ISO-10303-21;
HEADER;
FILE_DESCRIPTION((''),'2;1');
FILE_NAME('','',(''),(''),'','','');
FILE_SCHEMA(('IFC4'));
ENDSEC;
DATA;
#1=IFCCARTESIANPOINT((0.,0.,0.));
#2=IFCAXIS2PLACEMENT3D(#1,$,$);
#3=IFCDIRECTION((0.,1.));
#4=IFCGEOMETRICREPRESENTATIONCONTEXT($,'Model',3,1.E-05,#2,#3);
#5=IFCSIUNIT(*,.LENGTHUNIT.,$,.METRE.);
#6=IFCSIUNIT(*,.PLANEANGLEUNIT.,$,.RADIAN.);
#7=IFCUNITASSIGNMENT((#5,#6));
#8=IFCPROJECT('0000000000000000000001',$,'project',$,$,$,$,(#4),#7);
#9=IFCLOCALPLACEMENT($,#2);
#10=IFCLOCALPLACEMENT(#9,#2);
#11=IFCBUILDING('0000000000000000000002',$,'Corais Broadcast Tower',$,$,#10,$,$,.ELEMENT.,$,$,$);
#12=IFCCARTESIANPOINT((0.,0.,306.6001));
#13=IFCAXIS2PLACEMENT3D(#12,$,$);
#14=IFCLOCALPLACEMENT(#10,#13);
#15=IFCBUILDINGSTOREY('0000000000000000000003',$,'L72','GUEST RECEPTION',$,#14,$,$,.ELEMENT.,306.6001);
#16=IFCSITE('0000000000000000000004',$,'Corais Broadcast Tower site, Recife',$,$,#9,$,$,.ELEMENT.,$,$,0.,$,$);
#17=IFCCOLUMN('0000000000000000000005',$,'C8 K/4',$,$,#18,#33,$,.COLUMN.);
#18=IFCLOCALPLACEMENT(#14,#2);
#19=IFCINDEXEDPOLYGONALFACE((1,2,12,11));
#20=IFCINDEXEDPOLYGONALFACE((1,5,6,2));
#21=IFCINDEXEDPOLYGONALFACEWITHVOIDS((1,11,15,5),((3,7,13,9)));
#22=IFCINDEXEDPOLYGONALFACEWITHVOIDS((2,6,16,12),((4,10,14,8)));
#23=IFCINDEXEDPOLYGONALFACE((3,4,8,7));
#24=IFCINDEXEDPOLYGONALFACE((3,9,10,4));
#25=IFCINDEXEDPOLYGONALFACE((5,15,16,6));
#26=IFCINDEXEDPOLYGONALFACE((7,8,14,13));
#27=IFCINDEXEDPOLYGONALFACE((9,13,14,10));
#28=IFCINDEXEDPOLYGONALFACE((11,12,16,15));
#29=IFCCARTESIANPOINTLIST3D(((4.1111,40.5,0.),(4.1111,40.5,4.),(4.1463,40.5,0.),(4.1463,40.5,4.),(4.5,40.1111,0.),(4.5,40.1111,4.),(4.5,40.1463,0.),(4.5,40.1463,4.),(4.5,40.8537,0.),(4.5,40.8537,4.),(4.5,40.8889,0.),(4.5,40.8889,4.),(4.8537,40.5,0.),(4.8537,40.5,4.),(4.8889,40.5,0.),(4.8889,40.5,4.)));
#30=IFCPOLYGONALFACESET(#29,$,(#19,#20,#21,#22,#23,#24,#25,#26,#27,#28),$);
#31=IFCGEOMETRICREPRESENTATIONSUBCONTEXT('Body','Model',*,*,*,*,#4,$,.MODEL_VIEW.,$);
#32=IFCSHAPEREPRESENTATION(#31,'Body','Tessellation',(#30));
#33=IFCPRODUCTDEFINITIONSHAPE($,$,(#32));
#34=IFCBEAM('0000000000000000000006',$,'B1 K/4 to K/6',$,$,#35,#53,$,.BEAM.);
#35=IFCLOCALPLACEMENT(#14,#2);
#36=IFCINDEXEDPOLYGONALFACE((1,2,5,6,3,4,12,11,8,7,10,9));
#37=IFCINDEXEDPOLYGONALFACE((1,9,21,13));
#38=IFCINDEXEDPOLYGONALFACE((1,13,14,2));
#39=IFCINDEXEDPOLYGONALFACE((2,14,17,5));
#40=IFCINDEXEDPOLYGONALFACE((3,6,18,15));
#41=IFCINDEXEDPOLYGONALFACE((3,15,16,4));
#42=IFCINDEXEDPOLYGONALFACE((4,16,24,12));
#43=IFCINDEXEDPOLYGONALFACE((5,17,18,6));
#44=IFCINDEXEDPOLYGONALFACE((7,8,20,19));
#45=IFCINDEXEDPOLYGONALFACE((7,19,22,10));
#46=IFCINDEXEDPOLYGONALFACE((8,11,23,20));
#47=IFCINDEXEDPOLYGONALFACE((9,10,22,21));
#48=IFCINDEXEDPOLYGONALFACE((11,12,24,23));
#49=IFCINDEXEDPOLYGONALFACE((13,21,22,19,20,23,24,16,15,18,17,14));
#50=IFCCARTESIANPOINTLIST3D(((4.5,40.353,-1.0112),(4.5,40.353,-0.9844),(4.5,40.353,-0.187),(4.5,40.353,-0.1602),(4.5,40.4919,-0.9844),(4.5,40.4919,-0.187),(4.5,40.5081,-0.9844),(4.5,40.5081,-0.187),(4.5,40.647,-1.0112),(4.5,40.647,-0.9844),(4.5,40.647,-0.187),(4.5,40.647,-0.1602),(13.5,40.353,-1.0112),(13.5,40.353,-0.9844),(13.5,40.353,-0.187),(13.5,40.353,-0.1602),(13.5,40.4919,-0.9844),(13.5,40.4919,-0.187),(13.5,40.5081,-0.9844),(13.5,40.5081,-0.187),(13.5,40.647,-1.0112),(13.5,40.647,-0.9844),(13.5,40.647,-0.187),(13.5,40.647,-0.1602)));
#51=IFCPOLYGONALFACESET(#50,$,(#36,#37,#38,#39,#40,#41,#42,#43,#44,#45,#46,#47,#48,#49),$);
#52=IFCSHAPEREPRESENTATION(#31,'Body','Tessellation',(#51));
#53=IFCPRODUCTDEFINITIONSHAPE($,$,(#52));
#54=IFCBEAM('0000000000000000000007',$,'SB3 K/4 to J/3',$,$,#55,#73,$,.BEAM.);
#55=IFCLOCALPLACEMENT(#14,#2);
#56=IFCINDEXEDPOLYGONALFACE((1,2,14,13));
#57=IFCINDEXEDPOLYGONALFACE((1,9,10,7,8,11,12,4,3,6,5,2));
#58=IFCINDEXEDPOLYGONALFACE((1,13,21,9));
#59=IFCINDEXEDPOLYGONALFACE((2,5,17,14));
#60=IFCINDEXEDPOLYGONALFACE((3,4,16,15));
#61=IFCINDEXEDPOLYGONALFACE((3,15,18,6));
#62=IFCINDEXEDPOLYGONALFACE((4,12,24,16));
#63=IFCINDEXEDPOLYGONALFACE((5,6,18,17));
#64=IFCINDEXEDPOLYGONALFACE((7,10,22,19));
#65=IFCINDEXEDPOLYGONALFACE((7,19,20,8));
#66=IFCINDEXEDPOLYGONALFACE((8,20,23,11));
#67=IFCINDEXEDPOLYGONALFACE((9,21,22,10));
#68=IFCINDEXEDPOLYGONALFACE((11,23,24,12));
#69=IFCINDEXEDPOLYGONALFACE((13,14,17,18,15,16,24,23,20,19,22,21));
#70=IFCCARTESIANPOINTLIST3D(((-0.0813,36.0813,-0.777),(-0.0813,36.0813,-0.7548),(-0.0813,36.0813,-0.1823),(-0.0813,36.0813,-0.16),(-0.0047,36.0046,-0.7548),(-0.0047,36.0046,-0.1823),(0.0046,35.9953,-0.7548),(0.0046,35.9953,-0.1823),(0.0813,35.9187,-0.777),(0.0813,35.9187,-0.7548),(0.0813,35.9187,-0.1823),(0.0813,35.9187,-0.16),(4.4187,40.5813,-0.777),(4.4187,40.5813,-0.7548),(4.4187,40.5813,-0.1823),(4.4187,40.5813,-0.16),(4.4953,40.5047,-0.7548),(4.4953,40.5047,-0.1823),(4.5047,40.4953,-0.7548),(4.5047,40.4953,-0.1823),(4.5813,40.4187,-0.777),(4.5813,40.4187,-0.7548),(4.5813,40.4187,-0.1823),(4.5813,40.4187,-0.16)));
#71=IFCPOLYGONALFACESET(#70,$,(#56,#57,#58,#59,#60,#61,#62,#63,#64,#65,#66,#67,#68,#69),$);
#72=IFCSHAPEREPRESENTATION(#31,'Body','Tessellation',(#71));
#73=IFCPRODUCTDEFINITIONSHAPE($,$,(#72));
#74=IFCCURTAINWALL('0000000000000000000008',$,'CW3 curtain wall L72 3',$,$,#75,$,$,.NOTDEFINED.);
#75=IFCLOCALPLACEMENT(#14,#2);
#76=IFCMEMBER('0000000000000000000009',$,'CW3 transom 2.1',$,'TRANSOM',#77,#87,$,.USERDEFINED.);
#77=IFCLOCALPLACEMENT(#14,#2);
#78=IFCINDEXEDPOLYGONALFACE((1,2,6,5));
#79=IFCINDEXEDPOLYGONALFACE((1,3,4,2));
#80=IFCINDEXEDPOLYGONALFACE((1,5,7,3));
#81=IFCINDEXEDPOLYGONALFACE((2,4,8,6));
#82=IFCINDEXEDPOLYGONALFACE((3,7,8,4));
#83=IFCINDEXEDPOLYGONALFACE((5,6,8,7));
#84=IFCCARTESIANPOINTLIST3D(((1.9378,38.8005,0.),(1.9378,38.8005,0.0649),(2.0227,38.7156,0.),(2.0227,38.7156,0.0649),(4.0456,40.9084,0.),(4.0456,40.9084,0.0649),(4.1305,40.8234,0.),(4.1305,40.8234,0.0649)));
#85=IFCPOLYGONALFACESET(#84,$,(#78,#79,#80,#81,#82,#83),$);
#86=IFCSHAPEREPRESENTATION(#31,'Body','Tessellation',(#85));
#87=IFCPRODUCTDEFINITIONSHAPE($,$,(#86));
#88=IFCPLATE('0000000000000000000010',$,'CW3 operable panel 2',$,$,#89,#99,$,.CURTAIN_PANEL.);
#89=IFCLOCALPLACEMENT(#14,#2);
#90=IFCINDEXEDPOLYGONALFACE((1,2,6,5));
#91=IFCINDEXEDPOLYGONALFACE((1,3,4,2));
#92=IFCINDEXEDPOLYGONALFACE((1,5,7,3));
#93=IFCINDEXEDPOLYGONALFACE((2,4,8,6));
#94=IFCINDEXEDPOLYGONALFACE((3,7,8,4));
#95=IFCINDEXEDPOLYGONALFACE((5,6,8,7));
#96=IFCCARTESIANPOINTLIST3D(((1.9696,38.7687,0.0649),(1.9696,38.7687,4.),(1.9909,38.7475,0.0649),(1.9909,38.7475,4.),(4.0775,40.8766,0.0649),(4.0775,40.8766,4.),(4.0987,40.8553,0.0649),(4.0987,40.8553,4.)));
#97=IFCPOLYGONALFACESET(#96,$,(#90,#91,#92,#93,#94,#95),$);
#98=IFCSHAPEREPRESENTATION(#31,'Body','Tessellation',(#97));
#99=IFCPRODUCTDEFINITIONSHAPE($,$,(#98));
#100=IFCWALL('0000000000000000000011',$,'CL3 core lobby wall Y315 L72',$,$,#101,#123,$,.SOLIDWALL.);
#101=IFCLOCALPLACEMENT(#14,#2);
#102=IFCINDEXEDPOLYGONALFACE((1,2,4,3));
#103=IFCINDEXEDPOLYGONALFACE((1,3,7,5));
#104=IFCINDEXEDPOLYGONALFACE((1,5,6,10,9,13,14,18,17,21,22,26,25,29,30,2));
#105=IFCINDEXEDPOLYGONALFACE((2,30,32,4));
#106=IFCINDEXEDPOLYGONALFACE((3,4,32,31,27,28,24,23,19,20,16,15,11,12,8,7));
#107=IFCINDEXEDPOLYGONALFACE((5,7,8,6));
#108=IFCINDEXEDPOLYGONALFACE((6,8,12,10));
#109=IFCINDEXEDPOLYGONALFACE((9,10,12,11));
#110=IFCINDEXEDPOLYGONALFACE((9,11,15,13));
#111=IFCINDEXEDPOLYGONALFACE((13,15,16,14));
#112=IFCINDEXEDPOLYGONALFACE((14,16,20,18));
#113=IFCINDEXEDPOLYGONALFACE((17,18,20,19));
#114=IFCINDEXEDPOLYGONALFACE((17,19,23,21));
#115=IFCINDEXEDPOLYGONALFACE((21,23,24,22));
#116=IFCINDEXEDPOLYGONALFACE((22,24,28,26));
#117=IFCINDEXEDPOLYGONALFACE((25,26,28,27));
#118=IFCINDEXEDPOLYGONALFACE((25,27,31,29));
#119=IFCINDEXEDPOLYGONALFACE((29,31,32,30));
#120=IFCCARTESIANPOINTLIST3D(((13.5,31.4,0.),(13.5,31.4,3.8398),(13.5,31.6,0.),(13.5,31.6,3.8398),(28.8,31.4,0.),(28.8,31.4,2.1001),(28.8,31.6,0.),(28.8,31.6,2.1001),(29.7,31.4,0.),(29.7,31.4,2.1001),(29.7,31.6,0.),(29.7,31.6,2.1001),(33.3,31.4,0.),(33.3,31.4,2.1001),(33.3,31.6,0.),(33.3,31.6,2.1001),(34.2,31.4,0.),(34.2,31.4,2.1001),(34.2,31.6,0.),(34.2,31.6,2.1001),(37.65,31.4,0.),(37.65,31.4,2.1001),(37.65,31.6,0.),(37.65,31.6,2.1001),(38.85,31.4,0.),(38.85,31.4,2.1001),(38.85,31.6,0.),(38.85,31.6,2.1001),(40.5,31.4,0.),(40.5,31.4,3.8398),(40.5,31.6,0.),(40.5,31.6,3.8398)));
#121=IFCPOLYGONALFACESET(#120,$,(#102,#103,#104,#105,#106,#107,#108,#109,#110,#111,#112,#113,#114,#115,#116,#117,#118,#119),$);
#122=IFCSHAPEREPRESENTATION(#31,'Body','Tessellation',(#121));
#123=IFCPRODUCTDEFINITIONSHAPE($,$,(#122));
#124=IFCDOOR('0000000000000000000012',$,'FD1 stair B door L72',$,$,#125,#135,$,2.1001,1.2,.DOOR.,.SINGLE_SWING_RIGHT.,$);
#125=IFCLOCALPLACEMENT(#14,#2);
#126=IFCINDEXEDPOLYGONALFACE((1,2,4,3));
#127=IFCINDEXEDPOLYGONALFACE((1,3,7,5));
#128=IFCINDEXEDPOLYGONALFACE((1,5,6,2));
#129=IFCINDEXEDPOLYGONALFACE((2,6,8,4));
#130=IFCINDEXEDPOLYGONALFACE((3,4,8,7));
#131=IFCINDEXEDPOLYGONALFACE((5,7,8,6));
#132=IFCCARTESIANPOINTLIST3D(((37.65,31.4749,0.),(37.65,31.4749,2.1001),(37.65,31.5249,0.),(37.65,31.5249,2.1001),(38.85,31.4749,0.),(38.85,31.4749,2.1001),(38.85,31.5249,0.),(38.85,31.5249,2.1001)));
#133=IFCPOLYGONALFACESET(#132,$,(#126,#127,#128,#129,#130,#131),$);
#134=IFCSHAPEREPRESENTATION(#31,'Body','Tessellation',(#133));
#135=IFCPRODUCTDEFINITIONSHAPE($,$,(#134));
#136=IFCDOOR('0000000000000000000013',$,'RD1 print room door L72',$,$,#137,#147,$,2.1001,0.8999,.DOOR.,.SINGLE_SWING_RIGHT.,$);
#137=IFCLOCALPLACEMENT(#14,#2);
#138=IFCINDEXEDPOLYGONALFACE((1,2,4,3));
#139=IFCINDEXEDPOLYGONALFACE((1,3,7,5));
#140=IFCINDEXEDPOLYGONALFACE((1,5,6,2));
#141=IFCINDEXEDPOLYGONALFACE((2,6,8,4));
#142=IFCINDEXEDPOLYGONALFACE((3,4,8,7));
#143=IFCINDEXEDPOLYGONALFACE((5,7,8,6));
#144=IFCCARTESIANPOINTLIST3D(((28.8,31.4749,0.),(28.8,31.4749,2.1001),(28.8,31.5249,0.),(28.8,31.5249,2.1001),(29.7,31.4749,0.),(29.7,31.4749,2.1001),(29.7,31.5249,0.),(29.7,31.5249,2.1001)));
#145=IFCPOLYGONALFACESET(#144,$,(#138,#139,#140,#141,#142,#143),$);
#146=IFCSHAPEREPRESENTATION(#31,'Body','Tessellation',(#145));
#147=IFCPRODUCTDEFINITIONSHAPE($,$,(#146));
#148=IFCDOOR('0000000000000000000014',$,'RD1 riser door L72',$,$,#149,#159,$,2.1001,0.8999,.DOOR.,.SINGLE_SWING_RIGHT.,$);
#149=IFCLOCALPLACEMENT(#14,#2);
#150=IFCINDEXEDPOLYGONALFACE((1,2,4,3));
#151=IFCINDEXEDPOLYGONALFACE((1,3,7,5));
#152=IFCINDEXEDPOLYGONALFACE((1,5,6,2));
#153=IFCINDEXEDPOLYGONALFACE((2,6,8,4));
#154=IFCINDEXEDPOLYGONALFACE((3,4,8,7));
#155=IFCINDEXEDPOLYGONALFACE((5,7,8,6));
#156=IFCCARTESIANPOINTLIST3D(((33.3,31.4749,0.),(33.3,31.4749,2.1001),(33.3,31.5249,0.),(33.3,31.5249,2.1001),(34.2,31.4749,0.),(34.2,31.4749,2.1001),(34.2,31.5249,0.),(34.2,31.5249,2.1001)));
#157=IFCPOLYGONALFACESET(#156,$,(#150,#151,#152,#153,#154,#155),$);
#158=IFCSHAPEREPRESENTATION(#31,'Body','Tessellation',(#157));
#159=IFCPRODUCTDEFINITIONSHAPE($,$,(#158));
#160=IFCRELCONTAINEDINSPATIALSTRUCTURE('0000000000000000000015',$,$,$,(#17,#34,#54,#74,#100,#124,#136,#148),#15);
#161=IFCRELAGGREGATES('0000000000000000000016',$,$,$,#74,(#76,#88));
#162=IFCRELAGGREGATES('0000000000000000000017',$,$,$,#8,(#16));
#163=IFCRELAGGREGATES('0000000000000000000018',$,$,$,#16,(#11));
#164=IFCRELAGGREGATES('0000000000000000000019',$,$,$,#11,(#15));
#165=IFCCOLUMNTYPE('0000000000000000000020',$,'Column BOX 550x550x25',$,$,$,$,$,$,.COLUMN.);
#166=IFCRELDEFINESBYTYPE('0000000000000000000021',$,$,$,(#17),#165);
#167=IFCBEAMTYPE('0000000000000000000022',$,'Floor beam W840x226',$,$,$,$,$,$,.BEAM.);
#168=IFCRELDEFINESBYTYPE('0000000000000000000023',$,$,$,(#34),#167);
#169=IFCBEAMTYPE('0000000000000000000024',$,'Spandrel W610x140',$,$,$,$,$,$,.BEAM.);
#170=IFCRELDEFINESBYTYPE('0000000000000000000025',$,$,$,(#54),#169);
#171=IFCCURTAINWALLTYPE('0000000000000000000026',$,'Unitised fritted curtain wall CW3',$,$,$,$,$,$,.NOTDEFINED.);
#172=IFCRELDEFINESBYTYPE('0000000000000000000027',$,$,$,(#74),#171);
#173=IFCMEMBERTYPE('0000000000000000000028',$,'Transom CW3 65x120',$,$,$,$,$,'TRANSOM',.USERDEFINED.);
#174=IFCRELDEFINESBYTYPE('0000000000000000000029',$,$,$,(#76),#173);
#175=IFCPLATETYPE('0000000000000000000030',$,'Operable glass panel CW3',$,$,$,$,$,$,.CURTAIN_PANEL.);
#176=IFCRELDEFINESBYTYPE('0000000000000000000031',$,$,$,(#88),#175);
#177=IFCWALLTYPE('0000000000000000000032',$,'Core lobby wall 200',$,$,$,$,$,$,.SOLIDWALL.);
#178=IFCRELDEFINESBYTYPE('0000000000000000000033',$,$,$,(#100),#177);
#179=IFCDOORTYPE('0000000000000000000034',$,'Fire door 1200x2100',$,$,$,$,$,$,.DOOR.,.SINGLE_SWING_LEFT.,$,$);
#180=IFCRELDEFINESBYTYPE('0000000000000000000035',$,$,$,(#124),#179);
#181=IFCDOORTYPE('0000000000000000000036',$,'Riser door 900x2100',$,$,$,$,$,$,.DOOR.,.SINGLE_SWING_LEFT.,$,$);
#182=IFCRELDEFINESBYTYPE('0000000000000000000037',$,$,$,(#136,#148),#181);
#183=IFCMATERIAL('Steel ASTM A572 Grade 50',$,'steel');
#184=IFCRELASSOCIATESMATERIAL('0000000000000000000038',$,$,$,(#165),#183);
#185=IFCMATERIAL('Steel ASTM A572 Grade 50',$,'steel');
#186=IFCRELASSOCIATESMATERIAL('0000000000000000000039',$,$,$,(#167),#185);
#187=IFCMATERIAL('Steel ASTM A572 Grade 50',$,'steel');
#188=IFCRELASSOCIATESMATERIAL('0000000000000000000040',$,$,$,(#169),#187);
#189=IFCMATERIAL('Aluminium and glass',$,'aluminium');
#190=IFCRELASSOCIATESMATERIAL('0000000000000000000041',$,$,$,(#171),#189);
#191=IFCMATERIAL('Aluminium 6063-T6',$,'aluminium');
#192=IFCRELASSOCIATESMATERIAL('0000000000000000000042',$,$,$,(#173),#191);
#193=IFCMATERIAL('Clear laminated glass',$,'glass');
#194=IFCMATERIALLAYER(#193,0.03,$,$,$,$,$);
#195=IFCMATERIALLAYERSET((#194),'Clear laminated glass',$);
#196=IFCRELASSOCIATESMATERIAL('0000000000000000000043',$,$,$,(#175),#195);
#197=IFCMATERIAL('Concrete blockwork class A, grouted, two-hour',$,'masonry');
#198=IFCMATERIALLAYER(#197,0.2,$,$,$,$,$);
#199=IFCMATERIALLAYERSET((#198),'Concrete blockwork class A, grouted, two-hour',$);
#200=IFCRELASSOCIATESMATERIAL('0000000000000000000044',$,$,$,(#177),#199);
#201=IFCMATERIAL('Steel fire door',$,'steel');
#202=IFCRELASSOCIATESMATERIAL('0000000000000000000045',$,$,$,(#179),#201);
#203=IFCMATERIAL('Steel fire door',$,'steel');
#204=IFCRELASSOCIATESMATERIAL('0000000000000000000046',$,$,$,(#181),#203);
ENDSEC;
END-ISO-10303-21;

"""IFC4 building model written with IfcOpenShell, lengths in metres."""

from ifc_helpers import new_model, si_unit, direction, frame, frame_2d, origin, origin_2d, place, context, subcontext, project, spatial, rectangle, hollow_rectangle, i_section, extrude, material, layer, layer_set, material_profile, profile_set, type_object, element, fill, aggregate, save


model = new_model("IFC4")

# Units and contexts
model_context = context("Model", 3, precision=1e-05, world=origin(), true_north=direction((0.0, 1.0)))
body_context = subcontext(model_context, "Body", "Model", "MODEL_VIEW")
ifc_project = project(units=[si_unit("LENGTHUNIT", "METRE"), si_unit("PLANEANGLEUNIT", "RADIAN")], contexts=[model_context])

# Site, building, storey
site_placement = place(None, origin())
site = spatial("IfcSite", under=ifc_project, at=site_placement, Name="Corais Broadcast Tower site, Recife", CompositionType="ELEMENT", RefElevation=0.0)
building_placement = place(site_placement, origin())
building = spatial("IfcBuilding", under=site, at=building_placement, Name="Corais Broadcast Tower", CompositionType="ELEMENT")
storey_placement = place(building_placement, frame((0.0, 0.0, 306.6001)))
storey = spatial("IfcBuildingStorey", under=building, at=storey_placement, Name="L72", Description="GUEST RECEPTION", CompositionType="ELEMENT", Elevation=306.6001)

# Column
ifc_material_1 = material(Name="Steel ASTM A572 Grade 50", Category="steel")
ifc_material_profile_1 = material_profile(ifc_material_1, hollow_rectangle(XDim=0.55, YDim=0.55, WallThickness=0.0249, at=origin_2d()), Name="BOX 550x550x25")
ifc_profile_set_1 = profile_set([ifc_material_profile_1], Name="Steel ASTM A572 Grade 50")
column_type = type_object("IfcColumnType", Name="Column BOX 550x550x25", PredefinedType="COLUMN", material=ifc_profile_set_1)
column_placement = place(storey_placement, frame((4.5, 40.5, 0.0), z_axis=(0.0, 0.0, 1.0), x_axis=(0.707107, 0.707107, 0.0)))
element("IfcColumn", 1, at=column_placement, inside=storey, type_object=column_type, Name="C8 K/4", PredefinedType="COLUMN", context=body_context, shape_type="SweptSolid", body=[
    extrude(hollow_rectangle(XDim=0.55, YDim=0.55, WallThickness=0.0249, at=origin_2d()), origin(), (0.0, 0.0, 1.0), 4.0),
])

# Beams
ifc_material_2 = material(Name="Steel ASTM A572 Grade 50", Category="steel")
ifc_material_profile_2 = material_profile(ifc_material_2, i_section(OverallWidth=0.2939, OverallDepth=0.8511, WebThickness=0.0161, FlangeThickness=0.0269, at=origin_2d()), Name="W840x226")
ifc_profile_set_2 = profile_set([ifc_material_profile_2], Name="Steel ASTM A572 Grade 50")
beam_type_1 = type_object("IfcBeamType", Name="Floor beam W840x226", PredefinedType="BEAM", material=ifc_profile_set_2)
beam_1_placement = place(storey_placement, frame((4.5, 40.5, -0.5857), z_axis=(1.0, 0.0, 0.0), x_axis=(0.0, 1.0, 0.0)))
element("IfcBeam", 2, at=beam_1_placement, inside=storey, type_object=beam_type_1, Name="B1 K/4 to K/6", PredefinedType="BEAM", context=body_context, shape_type="SweptSolid", body=[
    extrude(i_section(OverallWidth=0.2939, OverallDepth=0.8511, WebThickness=0.0161, FlangeThickness=0.0269, at=origin_2d()), origin(), (0.0, 0.0, 1.0), 9.0),
])
ifc_material_3 = material(Name="Steel ASTM A572 Grade 50", Category="steel")
ifc_material_profile_3 = material_profile(ifc_material_3, i_section(OverallWidth=0.23, OverallDepth=0.6169, WebThickness=0.0132, FlangeThickness=0.0222, at=origin_2d()), Name="W610x140")
ifc_profile_set_3 = profile_set([ifc_material_profile_3], Name="Steel ASTM A572 Grade 50")
beam_type_2 = type_object("IfcBeamType", Name="Spandrel W610x140", PredefinedType="BEAM", material=ifc_profile_set_3)
beam_2_placement = place(storey_placement, frame((4.5, 40.5, -0.4685), z_axis=(-0.707107, -0.707107, 0.0), x_axis=(0.707107, -0.707107, 0.0)))
element("IfcBeam", 3, at=beam_2_placement, inside=storey, type_object=beam_type_2, Name="SB3 K/4 to J/3", PredefinedType="BEAM", context=body_context, shape_type="SweptSolid", body=[
    extrude(i_section(OverallWidth=0.23, OverallDepth=0.6169, WebThickness=0.0132, FlangeThickness=0.0222, at=origin_2d()), origin(), (0.0, 0.0, 1.0), 6.364),
])

# Curtain wall, member, plate
ifc_material_4 = material(Name="Aluminium and glass", Category="aluminium")
curtain_wall_type = type_object("IfcCurtainWallType", Name="Unitised fritted curtain wall CW3", PredefinedType="NOTDEFINED", material=ifc_material_4)
curtain_wall_placement = place(storey_placement, origin())
curtain_wall = element("IfcCurtainWall", 4, at=curtain_wall_placement, inside=storey, type_object=curtain_wall_type, Name="CW3 curtain wall L72 3", PredefinedType="NOTDEFINED")
ifc_material_5 = material(Name="Aluminium 6063-T6", Category="aluminium")
ifc_material_profile_4 = material_profile(ifc_material_5, rectangle(XDim=0.1201, YDim=0.0649, at=origin_2d()), Name="Transom CW3 65x120")
ifc_profile_set_4 = profile_set([ifc_material_profile_4], Name="Aluminium 6063-T6")
member_type = type_object("IfcMemberType", Name="Transom CW3 65x120", ElementType="TRANSOM", PredefinedType="USERDEFINED", material=ifc_profile_set_4)
member_placement = place(storey_placement, frame((1.9802, 38.7581, 0.0325), z_axis=(0.707107, 0.707107, 0.0), x_axis=(-0.707107, 0.707107, 0.0)))
member = element("IfcMember", 5, at=member_placement, type_object=member_type, Name="CW3 transom 2.1", ObjectType="TRANSOM", PredefinedType="USERDEFINED", context=body_context, shape_type="SweptSolid", body=[
    extrude(rectangle(XDim=0.1201, YDim=0.0649, at=origin_2d()), origin(), (0.0, 0.0, 1.0), 2.981),
])
ifc_material_6 = material(Name="Clear laminated glass", Category="glass")
ifc_layer_1 = layer(ifc_material_6, 0.03)
ifc_layer_set_1 = layer_set([ifc_layer_1], Name="Clear laminated glass")
plate_type = type_object("IfcPlateType", Name="Operable glass panel CW3", PredefinedType="CURTAIN_PANEL", material=ifc_layer_set_1)
plate_placement = place(storey_placement, frame((3.0342, 39.812, 0.0649), z_axis=(0.0, 0.0, 1.0), x_axis=(0.707107, 0.707107, 0.0)))
plate = element("IfcPlate", 6, at=plate_placement, type_object=plate_type, Name="CW3 operable panel 2", PredefinedType="CURTAIN_PANEL", context=body_context, shape_type="SweptSolid", body=[
    extrude(rectangle(XDim=2.981, YDim=0.03, at=origin_2d()), origin(), (0.0, 0.0, 1.0), 3.9351),
])
aggregate(curtain_wall, [member, plate])

# Wall, openings, doors
ifc_material_7 = material(Name="Concrete blockwork class A, grouted, two-hour", Category="masonry")
ifc_layer_2 = layer(ifc_material_7, 0.2)
ifc_layer_set_2 = layer_set([ifc_layer_2], Name="Concrete blockwork class A, grouted, two-hour")
wall_type_1 = type_object("IfcWallType", Name="Core lobby wall 200", PredefinedType="SOLIDWALL", material=ifc_layer_set_2)
wall_1_placement = place(storey_placement, frame((13.5, 31.5, 0.0), z_axis=(0.0, 0.0, 1.0), x_axis=(1.0, 0.0, 0.0)))
wall_1 = element("IfcWall", 7, at=wall_1_placement, inside=storey, type_object=wall_type_1, Name="CL3 core lobby wall Y315 L72", PredefinedType="SOLIDWALL", context=body_context, shape_type="SweptSolid", body=[
    extrude(rectangle(XDim=27.0, YDim=0.2, at=frame_2d((13.5, 0.0))), origin(), (0.0, 0.0, 1.0), 3.8398),
])
opening_1_placement = place(wall_1_placement, frame((24.1499, 0.0, 0.0)))
opening_1 = element("IfcOpeningElement", 8, at=opening_1_placement, cuts=wall_1, PredefinedType="OPENING", context=body_context, shape_type="SweptSolid", body=[
    extrude(rectangle(XDim=1.2, YDim=2.1001, at=frame_2d((0.6001, 1.05))), frame((0.0, 0.1099, 0.0), z_axis=(0.0, -1.0, 0.0), x_axis=(1.0, 0.0, 0.0)), (0.0, 0.0, 1.0), 0.22),
])
opening_2_placement = place(wall_1_placement, frame((15.3, 0.0, 0.0)))
opening_2 = element("IfcOpeningElement", 9, at=opening_2_placement, cuts=wall_1, PredefinedType="OPENING", context=body_context, shape_type="SweptSolid", body=[
    extrude(rectangle(XDim=0.8999, YDim=2.1001, at=frame_2d((0.45, 1.05))), frame((0.0, 0.1099, 0.0), z_axis=(0.0, -1.0, 0.0), x_axis=(1.0, 0.0, 0.0)), (0.0, 0.0, 1.0), 0.22),
])
opening_3_placement = place(wall_1_placement, frame((19.8, 0.0, 0.0)))
opening_3 = element("IfcOpeningElement", 10, at=opening_3_placement, cuts=wall_1, PredefinedType="OPENING", context=body_context, shape_type="SweptSolid", body=[
    extrude(rectangle(XDim=0.8999, YDim=2.1001, at=frame_2d((0.45, 1.05))), frame((0.0, 0.1099, 0.0), z_axis=(0.0, -1.0, 0.0), x_axis=(1.0, 0.0, 0.0)), (0.0, 0.0, 1.0), 0.22),
])
ifc_material_8 = material(Name="Steel fire door", Category="steel")
door_type_1 = type_object("IfcDoorType", Name="Fire door 1200x2100", OperationType="SINGLE_SWING_LEFT", PredefinedType="DOOR", material=ifc_material_8)
door_1_placement = place(opening_1_placement, origin())
door_1 = element("IfcDoor", 11, at=door_1_placement, inside=storey, type_object=door_type_1, Name="FD1 stair B door L72", OperationType="SINGLE_SWING_RIGHT", OverallHeight=2.1001, OverallWidth=1.2, PredefinedType="DOOR", context=body_context, shape_type="SweptSolid", body=[
    extrude(rectangle(XDim=1.2, YDim=2.1001, at=frame_2d((0.6001, 1.05))), frame((0.0, 0.0249, 0.0), z_axis=(0.0, -1.0, 0.0), x_axis=(1.0, 0.0, 0.0)), (0.0, 0.0, 1.0), 0.05),
])
fill(opening_1, door_1)
ifc_material_9 = material(Name="Steel fire door", Category="steel")
door_type_2 = type_object("IfcDoorType", Name="Riser door 900x2100", OperationType="SINGLE_SWING_LEFT", PredefinedType="DOOR", material=ifc_material_9)
door_2_placement = place(opening_2_placement, origin())
door_2 = element("IfcDoor", 12, at=door_2_placement, inside=storey, type_object=door_type_2, Name="RD1 print room door L72", OperationType="SINGLE_SWING_RIGHT", OverallHeight=2.1001, OverallWidth=0.8999, PredefinedType="DOOR", context=body_context, shape_type="SweptSolid", body=[
    extrude(rectangle(XDim=0.8999, YDim=2.1001, at=frame_2d((0.45, 1.05))), frame((0.0, 0.0249, 0.0), z_axis=(0.0, -1.0, 0.0), x_axis=(1.0, 0.0, 0.0)), (0.0, 0.0, 1.0), 0.05),
])
fill(opening_2, door_2)
door_3_placement = place(opening_3_placement, origin())
door_3 = element("IfcDoor", 13, at=door_3_placement, inside=storey, type_object=door_type_2, Name="RD1 riser door L72", OperationType="SINGLE_SWING_RIGHT", OverallHeight=2.1001, OverallWidth=0.8999, PredefinedType="DOOR", context=body_context, shape_type="SweptSolid", body=[
    extrude(rectangle(XDim=0.8999, YDim=2.1001, at=frame_2d((0.45, 1.05))), frame((0.0, 0.0249, 0.0), z_axis=(0.0, -1.0, 0.0), x_axis=(1.0, 0.0, 0.0)), (0.0, 0.0, 1.0), 0.05),
])
fill(opening_3, door_3)

save(model, "model.ifc")
